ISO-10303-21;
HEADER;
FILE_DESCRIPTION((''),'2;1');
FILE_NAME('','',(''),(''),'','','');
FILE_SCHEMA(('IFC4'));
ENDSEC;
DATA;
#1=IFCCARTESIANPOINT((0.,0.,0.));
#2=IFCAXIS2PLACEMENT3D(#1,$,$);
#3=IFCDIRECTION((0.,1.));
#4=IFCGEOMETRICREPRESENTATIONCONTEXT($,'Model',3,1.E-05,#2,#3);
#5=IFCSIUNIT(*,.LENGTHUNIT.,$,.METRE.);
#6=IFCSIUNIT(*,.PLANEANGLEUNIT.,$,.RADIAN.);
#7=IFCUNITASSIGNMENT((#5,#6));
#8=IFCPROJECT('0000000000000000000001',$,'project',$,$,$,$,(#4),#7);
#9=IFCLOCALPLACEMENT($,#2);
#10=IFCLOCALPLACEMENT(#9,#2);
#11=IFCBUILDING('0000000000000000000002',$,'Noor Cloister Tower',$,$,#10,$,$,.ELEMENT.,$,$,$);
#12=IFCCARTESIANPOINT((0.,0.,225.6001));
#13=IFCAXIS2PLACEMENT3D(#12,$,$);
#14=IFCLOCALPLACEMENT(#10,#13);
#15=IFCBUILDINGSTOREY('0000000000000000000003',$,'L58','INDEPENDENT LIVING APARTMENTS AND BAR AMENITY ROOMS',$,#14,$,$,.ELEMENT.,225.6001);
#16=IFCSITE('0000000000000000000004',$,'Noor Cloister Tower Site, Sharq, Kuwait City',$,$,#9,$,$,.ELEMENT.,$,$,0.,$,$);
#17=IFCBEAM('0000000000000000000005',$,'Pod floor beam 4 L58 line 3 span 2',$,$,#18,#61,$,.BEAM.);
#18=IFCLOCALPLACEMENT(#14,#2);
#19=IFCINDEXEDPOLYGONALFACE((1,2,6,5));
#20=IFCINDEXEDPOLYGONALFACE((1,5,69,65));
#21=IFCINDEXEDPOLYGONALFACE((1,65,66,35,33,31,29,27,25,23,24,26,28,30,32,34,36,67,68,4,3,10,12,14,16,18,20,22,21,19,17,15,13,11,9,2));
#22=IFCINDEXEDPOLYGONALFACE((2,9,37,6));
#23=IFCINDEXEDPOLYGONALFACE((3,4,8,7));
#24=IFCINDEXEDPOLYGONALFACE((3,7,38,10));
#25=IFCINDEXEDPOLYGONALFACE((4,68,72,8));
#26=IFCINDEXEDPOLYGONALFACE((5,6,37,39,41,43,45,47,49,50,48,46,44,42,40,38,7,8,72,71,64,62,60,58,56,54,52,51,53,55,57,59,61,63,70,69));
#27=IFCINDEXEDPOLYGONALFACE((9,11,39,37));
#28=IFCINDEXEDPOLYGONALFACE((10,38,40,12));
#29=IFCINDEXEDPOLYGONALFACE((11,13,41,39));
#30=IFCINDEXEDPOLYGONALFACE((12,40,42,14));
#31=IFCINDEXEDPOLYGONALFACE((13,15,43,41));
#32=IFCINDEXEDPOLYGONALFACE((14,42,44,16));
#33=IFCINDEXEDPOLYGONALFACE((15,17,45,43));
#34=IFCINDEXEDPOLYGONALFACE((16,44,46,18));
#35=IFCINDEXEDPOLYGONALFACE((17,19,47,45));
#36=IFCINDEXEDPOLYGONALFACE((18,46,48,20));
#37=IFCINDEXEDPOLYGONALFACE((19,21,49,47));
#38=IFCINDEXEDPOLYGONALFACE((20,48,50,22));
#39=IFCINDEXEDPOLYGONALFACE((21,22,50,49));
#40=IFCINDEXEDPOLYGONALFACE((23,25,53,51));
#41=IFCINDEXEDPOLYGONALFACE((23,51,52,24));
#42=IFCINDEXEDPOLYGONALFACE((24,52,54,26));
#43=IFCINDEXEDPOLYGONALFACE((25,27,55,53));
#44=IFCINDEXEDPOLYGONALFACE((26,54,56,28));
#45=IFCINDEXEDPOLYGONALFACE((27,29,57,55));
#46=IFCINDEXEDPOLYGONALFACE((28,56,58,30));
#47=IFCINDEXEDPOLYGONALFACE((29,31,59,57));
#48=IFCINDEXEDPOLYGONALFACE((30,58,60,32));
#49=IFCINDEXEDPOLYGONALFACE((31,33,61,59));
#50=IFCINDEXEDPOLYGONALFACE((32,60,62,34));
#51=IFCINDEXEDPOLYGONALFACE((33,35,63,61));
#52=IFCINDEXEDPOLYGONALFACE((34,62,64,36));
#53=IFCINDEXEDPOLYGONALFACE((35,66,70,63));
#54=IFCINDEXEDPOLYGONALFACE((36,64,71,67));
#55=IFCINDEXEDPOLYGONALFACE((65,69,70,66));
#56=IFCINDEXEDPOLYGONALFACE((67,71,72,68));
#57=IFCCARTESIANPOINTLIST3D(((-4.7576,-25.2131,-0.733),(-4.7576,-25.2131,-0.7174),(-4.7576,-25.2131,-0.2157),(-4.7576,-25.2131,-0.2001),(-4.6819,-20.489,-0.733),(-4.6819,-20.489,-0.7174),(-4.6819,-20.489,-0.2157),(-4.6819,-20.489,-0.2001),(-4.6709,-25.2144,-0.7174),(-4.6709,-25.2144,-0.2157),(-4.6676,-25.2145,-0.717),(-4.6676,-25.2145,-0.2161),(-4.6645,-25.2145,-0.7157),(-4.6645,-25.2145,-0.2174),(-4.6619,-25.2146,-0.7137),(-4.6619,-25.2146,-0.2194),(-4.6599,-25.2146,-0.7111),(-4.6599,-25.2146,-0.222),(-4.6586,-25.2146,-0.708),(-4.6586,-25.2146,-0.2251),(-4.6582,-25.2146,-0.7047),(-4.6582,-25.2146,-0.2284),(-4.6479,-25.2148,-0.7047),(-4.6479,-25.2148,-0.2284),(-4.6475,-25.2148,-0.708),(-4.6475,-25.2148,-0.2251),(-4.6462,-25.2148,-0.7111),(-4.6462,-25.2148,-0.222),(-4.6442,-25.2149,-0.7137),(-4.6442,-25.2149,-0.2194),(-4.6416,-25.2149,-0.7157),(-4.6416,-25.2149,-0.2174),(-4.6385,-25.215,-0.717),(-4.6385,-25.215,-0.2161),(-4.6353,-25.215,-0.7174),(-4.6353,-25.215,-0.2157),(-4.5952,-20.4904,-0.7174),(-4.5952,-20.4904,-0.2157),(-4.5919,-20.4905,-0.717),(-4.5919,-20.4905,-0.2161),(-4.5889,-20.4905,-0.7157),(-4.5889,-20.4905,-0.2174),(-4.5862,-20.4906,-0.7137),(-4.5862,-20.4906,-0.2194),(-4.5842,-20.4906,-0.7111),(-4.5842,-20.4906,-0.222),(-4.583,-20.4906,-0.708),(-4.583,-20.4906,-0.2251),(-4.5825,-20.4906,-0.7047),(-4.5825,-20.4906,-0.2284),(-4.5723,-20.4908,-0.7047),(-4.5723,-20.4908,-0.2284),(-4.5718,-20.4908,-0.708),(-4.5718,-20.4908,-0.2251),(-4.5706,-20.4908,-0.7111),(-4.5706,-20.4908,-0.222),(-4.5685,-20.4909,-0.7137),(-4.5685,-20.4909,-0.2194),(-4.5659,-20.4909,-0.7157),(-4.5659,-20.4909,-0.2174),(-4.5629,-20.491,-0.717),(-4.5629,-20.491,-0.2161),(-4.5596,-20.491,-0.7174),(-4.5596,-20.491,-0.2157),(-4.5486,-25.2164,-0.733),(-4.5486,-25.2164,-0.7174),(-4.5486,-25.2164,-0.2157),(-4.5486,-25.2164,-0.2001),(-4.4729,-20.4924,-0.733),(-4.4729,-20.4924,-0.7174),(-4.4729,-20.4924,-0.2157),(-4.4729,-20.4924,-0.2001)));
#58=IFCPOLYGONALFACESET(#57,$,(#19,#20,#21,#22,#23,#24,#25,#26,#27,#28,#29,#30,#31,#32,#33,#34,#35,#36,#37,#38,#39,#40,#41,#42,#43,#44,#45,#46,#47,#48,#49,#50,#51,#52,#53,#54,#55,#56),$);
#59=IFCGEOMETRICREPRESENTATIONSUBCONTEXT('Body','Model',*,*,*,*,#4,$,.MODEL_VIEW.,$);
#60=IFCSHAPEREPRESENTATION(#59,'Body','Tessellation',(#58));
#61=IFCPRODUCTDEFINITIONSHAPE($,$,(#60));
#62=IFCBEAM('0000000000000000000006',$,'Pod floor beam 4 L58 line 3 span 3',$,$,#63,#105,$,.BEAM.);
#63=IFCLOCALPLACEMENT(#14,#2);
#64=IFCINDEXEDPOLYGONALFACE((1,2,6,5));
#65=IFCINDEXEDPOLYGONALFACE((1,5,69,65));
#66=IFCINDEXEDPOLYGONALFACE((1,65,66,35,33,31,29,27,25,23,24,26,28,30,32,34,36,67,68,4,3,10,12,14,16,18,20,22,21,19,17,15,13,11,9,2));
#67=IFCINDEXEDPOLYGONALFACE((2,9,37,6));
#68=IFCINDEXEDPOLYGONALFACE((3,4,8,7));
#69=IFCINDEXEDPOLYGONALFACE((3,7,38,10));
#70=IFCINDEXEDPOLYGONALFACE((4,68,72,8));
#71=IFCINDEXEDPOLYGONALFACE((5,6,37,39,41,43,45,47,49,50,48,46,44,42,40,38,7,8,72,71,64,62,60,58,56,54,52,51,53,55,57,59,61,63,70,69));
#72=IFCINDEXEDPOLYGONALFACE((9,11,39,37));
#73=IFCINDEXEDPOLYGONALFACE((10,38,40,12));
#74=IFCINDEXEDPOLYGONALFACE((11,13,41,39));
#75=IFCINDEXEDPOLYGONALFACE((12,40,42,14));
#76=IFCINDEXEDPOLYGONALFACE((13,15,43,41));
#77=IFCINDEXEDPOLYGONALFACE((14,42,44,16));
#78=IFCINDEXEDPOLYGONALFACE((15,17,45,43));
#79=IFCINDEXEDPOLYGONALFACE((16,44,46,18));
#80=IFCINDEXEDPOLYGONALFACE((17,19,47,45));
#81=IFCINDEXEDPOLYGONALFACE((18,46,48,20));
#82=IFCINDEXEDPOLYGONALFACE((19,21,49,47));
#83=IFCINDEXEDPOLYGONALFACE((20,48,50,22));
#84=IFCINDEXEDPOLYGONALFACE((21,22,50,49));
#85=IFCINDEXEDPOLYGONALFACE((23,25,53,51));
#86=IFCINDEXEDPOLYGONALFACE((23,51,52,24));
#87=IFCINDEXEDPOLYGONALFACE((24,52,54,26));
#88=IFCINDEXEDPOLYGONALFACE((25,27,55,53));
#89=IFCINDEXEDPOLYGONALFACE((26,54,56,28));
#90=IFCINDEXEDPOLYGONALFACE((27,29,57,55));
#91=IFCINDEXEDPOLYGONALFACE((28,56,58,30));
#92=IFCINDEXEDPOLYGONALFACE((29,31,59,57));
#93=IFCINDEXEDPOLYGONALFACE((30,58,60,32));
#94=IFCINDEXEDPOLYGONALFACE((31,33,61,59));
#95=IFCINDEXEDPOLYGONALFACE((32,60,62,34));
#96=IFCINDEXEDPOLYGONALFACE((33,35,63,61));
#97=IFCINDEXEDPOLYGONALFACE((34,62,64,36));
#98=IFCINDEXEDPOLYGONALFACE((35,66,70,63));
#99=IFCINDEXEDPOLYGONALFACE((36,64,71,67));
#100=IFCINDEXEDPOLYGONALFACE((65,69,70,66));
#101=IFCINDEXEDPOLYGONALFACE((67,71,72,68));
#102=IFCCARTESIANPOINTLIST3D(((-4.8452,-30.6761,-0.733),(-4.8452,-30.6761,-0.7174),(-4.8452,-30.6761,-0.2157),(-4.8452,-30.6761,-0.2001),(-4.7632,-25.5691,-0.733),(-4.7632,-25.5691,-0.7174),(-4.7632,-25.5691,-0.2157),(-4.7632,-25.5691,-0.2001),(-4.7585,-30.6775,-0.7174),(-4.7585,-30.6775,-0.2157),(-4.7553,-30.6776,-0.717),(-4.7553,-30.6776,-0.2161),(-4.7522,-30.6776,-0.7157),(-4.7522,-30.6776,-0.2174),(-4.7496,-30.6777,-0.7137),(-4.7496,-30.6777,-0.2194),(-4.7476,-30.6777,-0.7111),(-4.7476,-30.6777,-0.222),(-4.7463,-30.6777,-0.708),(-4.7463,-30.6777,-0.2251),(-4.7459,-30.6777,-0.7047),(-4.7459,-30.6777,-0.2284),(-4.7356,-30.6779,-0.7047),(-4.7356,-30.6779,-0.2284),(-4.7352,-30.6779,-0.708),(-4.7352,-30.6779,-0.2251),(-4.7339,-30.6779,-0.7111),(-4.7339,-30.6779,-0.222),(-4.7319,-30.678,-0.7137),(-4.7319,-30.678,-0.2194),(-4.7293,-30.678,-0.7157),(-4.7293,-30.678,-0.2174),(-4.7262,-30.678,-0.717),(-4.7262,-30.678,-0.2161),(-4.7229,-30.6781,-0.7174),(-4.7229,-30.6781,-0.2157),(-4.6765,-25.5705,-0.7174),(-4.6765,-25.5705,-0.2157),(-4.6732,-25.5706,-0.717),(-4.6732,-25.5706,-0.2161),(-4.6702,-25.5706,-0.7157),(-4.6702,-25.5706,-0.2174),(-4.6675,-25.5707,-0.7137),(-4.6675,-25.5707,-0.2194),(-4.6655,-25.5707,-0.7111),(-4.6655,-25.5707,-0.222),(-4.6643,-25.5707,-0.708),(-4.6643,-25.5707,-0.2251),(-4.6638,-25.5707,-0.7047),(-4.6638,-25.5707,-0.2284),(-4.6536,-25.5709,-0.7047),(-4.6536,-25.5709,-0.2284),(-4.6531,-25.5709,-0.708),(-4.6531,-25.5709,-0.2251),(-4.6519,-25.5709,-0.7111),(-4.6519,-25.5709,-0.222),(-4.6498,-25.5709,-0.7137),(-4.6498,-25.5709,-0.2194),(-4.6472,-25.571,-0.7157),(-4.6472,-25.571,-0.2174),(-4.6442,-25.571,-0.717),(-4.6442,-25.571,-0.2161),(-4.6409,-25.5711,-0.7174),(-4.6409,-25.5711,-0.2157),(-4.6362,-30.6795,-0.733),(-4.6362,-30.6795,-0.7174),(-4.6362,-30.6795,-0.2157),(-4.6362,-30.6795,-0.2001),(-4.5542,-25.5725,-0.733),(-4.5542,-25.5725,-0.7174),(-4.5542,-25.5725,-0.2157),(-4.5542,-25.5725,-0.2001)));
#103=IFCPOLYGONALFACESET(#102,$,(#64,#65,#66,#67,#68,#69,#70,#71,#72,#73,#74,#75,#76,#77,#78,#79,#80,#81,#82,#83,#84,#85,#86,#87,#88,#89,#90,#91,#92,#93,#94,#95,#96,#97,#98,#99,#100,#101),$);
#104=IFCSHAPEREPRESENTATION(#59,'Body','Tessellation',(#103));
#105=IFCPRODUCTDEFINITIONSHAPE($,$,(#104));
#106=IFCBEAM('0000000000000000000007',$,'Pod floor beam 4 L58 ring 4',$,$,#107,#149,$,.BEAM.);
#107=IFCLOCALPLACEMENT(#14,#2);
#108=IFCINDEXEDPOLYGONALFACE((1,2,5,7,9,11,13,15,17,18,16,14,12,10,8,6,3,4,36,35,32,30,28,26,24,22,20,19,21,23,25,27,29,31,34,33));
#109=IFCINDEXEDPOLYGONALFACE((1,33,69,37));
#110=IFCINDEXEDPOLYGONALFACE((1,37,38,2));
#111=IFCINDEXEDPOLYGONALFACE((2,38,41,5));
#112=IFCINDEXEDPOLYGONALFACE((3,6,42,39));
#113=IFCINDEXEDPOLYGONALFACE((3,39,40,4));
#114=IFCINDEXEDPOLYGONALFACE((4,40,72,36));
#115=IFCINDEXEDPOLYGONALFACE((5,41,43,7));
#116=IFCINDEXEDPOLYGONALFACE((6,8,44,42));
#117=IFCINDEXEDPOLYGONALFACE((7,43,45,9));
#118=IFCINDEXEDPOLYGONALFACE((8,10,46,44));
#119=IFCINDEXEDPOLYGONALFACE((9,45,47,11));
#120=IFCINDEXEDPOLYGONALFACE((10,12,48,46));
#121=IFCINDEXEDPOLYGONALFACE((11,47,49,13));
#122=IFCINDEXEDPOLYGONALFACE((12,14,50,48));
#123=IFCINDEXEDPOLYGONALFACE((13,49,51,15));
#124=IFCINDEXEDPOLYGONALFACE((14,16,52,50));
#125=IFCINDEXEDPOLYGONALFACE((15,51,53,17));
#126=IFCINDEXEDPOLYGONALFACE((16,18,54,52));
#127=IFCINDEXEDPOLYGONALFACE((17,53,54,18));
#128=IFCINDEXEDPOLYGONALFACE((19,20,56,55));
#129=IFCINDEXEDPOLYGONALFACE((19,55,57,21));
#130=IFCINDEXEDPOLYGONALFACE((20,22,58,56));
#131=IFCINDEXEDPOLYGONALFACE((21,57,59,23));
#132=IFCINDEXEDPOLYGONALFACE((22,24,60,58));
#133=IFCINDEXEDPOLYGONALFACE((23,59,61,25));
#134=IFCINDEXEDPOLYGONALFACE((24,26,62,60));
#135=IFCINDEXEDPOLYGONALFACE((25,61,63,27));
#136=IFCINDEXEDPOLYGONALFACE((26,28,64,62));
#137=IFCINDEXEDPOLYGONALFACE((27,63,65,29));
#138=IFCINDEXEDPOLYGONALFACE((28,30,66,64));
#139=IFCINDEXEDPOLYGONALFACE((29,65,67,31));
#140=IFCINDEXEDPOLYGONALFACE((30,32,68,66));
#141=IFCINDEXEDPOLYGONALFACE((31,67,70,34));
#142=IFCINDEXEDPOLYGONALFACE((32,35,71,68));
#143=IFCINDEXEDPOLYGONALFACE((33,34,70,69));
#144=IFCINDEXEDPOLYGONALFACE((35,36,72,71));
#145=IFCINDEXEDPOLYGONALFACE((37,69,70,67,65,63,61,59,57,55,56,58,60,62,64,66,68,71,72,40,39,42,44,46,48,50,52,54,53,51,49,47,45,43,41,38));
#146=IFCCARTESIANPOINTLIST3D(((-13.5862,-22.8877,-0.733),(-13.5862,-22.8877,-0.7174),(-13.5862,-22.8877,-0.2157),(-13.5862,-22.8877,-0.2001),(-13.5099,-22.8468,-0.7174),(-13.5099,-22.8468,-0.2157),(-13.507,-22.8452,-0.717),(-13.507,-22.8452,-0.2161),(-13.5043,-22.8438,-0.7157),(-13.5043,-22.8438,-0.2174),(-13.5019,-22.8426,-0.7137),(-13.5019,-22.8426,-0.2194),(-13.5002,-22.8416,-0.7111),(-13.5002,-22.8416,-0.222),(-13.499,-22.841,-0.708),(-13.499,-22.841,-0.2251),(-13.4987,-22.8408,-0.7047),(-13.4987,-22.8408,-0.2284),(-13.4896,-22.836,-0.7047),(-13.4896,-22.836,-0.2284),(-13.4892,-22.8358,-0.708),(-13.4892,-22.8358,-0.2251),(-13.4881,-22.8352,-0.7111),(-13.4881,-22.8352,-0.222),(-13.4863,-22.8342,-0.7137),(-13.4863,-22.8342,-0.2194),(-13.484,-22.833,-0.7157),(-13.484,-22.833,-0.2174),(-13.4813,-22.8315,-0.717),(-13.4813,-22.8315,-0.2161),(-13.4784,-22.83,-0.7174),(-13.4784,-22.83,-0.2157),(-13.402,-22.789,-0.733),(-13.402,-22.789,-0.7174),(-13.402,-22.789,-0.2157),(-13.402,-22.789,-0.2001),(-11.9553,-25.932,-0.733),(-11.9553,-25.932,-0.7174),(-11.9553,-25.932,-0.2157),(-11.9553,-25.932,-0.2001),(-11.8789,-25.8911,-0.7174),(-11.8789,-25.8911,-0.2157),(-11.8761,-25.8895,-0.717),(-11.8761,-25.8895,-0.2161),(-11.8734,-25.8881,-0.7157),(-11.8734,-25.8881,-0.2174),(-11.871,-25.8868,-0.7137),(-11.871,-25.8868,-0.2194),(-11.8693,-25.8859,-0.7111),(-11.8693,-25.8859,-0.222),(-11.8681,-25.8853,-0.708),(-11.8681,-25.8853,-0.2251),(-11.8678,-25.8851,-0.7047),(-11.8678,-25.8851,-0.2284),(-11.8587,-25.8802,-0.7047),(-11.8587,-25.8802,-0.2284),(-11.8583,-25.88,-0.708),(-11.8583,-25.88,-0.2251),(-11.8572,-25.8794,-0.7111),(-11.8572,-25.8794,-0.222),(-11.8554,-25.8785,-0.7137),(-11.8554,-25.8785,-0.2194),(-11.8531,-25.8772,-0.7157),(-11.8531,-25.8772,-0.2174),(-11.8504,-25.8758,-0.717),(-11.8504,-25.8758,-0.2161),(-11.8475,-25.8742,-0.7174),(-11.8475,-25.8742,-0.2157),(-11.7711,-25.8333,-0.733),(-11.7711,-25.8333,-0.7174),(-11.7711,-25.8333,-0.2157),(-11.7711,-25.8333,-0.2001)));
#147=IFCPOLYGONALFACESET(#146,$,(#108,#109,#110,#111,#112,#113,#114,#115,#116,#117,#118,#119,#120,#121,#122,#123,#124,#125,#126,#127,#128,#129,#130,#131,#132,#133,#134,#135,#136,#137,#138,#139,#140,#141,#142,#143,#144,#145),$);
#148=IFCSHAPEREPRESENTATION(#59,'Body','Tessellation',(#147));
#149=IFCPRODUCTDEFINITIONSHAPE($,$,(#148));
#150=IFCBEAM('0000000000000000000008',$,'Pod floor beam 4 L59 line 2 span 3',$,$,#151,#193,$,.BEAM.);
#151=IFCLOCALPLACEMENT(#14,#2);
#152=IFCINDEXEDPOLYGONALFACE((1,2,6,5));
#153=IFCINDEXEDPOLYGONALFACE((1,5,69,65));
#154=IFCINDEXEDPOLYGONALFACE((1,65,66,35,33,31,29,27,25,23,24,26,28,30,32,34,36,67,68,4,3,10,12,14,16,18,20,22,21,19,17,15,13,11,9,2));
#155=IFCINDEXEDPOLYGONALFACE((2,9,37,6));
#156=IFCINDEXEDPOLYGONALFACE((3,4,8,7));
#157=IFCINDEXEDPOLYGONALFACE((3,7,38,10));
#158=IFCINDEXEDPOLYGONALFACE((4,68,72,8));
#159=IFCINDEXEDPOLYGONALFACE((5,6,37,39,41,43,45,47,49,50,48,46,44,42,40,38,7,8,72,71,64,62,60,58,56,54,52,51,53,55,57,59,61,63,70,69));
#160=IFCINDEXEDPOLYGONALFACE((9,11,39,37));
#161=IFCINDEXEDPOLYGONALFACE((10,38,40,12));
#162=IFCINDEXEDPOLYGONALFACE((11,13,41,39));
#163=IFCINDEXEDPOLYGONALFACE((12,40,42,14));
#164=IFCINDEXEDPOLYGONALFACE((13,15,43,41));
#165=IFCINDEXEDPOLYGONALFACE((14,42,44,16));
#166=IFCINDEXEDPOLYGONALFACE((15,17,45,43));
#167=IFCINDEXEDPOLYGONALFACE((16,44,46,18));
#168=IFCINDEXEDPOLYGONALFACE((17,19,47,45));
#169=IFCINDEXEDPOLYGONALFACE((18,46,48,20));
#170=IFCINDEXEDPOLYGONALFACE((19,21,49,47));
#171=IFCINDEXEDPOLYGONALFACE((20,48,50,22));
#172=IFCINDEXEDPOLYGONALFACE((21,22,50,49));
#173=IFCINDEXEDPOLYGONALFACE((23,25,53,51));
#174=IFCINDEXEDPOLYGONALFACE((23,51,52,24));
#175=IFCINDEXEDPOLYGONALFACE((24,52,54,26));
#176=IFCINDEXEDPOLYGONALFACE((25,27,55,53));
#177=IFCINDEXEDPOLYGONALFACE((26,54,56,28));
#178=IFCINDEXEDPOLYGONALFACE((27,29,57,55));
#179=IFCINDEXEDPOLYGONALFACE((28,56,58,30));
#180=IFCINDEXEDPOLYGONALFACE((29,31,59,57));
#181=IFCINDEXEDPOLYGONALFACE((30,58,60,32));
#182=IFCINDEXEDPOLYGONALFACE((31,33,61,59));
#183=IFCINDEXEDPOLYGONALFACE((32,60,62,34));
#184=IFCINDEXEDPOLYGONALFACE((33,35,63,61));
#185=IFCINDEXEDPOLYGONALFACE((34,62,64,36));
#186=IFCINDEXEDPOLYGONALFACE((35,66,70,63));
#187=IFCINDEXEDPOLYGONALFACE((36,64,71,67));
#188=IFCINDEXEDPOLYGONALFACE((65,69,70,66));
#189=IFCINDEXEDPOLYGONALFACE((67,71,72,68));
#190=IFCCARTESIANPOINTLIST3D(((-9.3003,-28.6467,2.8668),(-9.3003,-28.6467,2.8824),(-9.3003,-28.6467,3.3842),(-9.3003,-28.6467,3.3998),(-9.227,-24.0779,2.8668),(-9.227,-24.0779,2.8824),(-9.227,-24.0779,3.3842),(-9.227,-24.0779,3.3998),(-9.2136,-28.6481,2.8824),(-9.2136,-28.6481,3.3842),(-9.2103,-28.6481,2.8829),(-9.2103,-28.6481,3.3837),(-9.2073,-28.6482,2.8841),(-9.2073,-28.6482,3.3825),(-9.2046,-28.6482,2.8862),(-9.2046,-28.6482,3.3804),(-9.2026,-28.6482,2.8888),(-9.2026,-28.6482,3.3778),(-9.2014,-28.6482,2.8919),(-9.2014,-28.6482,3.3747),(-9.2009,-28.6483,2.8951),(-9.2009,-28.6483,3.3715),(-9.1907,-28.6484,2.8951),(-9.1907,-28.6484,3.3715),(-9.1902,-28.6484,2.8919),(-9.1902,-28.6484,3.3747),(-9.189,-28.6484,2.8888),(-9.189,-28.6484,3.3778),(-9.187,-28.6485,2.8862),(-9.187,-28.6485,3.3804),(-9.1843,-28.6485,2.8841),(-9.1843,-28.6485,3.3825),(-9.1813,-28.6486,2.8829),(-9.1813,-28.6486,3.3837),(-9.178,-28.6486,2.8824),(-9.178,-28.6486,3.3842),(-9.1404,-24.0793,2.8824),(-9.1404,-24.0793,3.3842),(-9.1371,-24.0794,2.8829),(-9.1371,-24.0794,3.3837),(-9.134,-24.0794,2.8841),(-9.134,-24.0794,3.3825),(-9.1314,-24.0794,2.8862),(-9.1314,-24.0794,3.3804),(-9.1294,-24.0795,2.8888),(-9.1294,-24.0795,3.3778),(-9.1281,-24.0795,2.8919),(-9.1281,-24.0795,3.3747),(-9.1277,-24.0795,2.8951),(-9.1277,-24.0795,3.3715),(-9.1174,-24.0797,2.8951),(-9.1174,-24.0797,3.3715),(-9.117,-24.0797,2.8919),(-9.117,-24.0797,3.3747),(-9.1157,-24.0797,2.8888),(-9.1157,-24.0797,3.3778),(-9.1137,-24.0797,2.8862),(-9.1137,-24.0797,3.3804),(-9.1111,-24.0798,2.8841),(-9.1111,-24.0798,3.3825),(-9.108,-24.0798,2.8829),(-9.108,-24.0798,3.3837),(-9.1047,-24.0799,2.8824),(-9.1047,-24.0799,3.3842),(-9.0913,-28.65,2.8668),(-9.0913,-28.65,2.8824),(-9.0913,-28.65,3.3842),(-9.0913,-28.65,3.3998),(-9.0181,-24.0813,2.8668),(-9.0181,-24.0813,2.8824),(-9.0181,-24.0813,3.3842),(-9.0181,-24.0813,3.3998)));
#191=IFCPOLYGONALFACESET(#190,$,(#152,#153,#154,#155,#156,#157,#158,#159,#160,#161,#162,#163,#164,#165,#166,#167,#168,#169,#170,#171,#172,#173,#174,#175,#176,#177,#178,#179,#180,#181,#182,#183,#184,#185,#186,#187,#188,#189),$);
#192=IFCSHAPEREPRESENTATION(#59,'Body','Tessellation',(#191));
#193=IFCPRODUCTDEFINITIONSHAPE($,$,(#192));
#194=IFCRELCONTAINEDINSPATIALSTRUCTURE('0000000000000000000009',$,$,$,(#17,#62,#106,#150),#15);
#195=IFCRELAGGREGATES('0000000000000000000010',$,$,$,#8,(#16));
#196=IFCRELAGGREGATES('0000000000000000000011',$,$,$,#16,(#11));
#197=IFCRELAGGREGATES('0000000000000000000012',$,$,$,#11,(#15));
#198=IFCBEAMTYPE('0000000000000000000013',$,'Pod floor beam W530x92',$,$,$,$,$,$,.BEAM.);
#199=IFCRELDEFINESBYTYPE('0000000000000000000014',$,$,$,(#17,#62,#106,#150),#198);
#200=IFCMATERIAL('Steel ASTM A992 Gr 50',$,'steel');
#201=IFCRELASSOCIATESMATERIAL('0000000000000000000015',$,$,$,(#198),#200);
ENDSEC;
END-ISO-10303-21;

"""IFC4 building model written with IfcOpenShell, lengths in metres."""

from ifc_helpers import new_model, si_unit, direction, frame, origin, origin_2d, place, context, subcontext, project, spatial, i_section, extrude, material, material_profile, profile_set, type_object, element, save


model = new_model("IFC4")

# Units and contexts
model_context = context("Model", 3, precision=1e-05, world=origin(), true_north=direction((0.0, 1.0)))
body_context = subcontext(model_context, "Body", "Model", "MODEL_VIEW")
ifc_project = project(units=[si_unit("LENGTHUNIT", "METRE"), si_unit("PLANEANGLEUNIT", "RADIAN")], contexts=[model_context])

# Site, building, storey
site_placement = place(None, origin())
site = spatial("IfcSite", under=ifc_project, at=site_placement, Name="Noor Cloister Tower Site, Sharq, Kuwait City", CompositionType="ELEMENT", RefElevation=0.0)
building_placement = place(site_placement, origin())
building = spatial("IfcBuilding", under=site, at=building_placement, Name="Noor Cloister Tower", CompositionType="ELEMENT")
storey_placement = place(building_placement, frame((0.0, 0.0, 225.6001)))
storey = spatial("IfcBuildingStorey", under=building, at=storey_placement, Name="L58", Description="INDEPENDENT LIVING APARTMENTS AND BAR AMENITY ROOMS", CompositionType="ELEMENT", Elevation=225.6001)

# Beams
ifc_material_1 = material(Name="Steel ASTM A992 Gr 50", Category="steel")
ifc_material_profile_1 = material_profile(ifc_material_1, i_section(OverallWidth=0.209, OverallDepth=0.533, WebThickness=0.0103, FlangeThickness=0.0156, FilletRadius=0.0127, at=origin_2d()), Name="W530x92")
ifc_profile_set_1 = profile_set([ifc_material_profile_1], Name="Steel ASTM A992 Gr 50")
beam_type = type_object("IfcBeamType", Name="Pod floor beam W530x92", PredefinedType="BEAM", material=ifc_profile_set_1)
beam_1_placement = place(storey_placement, frame((-4.5774, -20.4907, -0.4666), z_axis=(-0.016019, -0.999872, 0.0), x_axis=(0.999872, -0.016019, 0.0)))
element("IfcBeam", 1, at=beam_1_placement, inside=storey, type_object=beam_type, Name="Pod floor beam 4 L58 line 3 span 2", PredefinedType="BEAM", context=body_context, shape_type="SweptSolid", body=[
    extrude(i_section(OverallWidth=0.209, OverallDepth=0.533, WebThickness=0.0103, FlangeThickness=0.0156, FilletRadius=0.0127, at=origin_2d()), origin(), (0.0, 0.0, 1.0), 4.7246),
])
beam_2_placement = place(storey_placement, frame((-4.6587, -25.5708, -0.4666), z_axis=(-0.016061, -0.999871, 0.0), x_axis=(0.999871, -0.016061, 0.0)))
element("IfcBeam", 2, at=beam_2_placement, inside=storey, type_object=beam_type, Name="Pod floor beam 4 L58 line 3 span 3", PredefinedType="BEAM", context=body_context, shape_type="SweptSolid", body=[
    extrude(i_section(OverallWidth=0.209, OverallDepth=0.533, WebThickness=0.0103, FlangeThickness=0.0156, FilletRadius=0.0127, at=origin_2d()), origin(), (0.0, 0.0, 1.0), 5.1077),
])
beam_3_placement = place(storey_placement, frame((-13.4941, -22.8384, -0.4666), z_axis=(0.472231, -0.881475, 0.0), x_axis=(0.881475, 0.472231, 0.0)))
element("IfcBeam", 3, at=beam_3_placement, inside=storey, type_object=beam_type, Name="Pod floor beam 4 L58 ring 4", PredefinedType="BEAM", context=body_context, shape_type="SweptSolid", body=[
    extrude(i_section(OverallWidth=0.209, OverallDepth=0.533, WebThickness=0.0103, FlangeThickness=0.0156, FilletRadius=0.0127, at=origin_2d()), origin(), (0.0, 0.0, 1.0), 3.4536),
])
beam_4_placement = place(storey_placement, frame((-9.1226, -24.0796, 3.1333), z_axis=(-0.016029, -0.999872, 0.0), x_axis=(0.999872, -0.016029, 0.0)))
element("IfcBeam", 4, at=beam_4_placement, inside=storey, type_object=beam_type, Name="Pod floor beam 4 L59 line 2 span 3", PredefinedType="BEAM", context=body_context, shape_type="SweptSolid", body=[
    extrude(i_section(OverallWidth=0.209, OverallDepth=0.533, WebThickness=0.0103, FlangeThickness=0.0156, FilletRadius=0.0127, at=origin_2d()), origin(), (0.0, 0.0, 1.0), 4.5693),
])

save(model, "model.ifc")
